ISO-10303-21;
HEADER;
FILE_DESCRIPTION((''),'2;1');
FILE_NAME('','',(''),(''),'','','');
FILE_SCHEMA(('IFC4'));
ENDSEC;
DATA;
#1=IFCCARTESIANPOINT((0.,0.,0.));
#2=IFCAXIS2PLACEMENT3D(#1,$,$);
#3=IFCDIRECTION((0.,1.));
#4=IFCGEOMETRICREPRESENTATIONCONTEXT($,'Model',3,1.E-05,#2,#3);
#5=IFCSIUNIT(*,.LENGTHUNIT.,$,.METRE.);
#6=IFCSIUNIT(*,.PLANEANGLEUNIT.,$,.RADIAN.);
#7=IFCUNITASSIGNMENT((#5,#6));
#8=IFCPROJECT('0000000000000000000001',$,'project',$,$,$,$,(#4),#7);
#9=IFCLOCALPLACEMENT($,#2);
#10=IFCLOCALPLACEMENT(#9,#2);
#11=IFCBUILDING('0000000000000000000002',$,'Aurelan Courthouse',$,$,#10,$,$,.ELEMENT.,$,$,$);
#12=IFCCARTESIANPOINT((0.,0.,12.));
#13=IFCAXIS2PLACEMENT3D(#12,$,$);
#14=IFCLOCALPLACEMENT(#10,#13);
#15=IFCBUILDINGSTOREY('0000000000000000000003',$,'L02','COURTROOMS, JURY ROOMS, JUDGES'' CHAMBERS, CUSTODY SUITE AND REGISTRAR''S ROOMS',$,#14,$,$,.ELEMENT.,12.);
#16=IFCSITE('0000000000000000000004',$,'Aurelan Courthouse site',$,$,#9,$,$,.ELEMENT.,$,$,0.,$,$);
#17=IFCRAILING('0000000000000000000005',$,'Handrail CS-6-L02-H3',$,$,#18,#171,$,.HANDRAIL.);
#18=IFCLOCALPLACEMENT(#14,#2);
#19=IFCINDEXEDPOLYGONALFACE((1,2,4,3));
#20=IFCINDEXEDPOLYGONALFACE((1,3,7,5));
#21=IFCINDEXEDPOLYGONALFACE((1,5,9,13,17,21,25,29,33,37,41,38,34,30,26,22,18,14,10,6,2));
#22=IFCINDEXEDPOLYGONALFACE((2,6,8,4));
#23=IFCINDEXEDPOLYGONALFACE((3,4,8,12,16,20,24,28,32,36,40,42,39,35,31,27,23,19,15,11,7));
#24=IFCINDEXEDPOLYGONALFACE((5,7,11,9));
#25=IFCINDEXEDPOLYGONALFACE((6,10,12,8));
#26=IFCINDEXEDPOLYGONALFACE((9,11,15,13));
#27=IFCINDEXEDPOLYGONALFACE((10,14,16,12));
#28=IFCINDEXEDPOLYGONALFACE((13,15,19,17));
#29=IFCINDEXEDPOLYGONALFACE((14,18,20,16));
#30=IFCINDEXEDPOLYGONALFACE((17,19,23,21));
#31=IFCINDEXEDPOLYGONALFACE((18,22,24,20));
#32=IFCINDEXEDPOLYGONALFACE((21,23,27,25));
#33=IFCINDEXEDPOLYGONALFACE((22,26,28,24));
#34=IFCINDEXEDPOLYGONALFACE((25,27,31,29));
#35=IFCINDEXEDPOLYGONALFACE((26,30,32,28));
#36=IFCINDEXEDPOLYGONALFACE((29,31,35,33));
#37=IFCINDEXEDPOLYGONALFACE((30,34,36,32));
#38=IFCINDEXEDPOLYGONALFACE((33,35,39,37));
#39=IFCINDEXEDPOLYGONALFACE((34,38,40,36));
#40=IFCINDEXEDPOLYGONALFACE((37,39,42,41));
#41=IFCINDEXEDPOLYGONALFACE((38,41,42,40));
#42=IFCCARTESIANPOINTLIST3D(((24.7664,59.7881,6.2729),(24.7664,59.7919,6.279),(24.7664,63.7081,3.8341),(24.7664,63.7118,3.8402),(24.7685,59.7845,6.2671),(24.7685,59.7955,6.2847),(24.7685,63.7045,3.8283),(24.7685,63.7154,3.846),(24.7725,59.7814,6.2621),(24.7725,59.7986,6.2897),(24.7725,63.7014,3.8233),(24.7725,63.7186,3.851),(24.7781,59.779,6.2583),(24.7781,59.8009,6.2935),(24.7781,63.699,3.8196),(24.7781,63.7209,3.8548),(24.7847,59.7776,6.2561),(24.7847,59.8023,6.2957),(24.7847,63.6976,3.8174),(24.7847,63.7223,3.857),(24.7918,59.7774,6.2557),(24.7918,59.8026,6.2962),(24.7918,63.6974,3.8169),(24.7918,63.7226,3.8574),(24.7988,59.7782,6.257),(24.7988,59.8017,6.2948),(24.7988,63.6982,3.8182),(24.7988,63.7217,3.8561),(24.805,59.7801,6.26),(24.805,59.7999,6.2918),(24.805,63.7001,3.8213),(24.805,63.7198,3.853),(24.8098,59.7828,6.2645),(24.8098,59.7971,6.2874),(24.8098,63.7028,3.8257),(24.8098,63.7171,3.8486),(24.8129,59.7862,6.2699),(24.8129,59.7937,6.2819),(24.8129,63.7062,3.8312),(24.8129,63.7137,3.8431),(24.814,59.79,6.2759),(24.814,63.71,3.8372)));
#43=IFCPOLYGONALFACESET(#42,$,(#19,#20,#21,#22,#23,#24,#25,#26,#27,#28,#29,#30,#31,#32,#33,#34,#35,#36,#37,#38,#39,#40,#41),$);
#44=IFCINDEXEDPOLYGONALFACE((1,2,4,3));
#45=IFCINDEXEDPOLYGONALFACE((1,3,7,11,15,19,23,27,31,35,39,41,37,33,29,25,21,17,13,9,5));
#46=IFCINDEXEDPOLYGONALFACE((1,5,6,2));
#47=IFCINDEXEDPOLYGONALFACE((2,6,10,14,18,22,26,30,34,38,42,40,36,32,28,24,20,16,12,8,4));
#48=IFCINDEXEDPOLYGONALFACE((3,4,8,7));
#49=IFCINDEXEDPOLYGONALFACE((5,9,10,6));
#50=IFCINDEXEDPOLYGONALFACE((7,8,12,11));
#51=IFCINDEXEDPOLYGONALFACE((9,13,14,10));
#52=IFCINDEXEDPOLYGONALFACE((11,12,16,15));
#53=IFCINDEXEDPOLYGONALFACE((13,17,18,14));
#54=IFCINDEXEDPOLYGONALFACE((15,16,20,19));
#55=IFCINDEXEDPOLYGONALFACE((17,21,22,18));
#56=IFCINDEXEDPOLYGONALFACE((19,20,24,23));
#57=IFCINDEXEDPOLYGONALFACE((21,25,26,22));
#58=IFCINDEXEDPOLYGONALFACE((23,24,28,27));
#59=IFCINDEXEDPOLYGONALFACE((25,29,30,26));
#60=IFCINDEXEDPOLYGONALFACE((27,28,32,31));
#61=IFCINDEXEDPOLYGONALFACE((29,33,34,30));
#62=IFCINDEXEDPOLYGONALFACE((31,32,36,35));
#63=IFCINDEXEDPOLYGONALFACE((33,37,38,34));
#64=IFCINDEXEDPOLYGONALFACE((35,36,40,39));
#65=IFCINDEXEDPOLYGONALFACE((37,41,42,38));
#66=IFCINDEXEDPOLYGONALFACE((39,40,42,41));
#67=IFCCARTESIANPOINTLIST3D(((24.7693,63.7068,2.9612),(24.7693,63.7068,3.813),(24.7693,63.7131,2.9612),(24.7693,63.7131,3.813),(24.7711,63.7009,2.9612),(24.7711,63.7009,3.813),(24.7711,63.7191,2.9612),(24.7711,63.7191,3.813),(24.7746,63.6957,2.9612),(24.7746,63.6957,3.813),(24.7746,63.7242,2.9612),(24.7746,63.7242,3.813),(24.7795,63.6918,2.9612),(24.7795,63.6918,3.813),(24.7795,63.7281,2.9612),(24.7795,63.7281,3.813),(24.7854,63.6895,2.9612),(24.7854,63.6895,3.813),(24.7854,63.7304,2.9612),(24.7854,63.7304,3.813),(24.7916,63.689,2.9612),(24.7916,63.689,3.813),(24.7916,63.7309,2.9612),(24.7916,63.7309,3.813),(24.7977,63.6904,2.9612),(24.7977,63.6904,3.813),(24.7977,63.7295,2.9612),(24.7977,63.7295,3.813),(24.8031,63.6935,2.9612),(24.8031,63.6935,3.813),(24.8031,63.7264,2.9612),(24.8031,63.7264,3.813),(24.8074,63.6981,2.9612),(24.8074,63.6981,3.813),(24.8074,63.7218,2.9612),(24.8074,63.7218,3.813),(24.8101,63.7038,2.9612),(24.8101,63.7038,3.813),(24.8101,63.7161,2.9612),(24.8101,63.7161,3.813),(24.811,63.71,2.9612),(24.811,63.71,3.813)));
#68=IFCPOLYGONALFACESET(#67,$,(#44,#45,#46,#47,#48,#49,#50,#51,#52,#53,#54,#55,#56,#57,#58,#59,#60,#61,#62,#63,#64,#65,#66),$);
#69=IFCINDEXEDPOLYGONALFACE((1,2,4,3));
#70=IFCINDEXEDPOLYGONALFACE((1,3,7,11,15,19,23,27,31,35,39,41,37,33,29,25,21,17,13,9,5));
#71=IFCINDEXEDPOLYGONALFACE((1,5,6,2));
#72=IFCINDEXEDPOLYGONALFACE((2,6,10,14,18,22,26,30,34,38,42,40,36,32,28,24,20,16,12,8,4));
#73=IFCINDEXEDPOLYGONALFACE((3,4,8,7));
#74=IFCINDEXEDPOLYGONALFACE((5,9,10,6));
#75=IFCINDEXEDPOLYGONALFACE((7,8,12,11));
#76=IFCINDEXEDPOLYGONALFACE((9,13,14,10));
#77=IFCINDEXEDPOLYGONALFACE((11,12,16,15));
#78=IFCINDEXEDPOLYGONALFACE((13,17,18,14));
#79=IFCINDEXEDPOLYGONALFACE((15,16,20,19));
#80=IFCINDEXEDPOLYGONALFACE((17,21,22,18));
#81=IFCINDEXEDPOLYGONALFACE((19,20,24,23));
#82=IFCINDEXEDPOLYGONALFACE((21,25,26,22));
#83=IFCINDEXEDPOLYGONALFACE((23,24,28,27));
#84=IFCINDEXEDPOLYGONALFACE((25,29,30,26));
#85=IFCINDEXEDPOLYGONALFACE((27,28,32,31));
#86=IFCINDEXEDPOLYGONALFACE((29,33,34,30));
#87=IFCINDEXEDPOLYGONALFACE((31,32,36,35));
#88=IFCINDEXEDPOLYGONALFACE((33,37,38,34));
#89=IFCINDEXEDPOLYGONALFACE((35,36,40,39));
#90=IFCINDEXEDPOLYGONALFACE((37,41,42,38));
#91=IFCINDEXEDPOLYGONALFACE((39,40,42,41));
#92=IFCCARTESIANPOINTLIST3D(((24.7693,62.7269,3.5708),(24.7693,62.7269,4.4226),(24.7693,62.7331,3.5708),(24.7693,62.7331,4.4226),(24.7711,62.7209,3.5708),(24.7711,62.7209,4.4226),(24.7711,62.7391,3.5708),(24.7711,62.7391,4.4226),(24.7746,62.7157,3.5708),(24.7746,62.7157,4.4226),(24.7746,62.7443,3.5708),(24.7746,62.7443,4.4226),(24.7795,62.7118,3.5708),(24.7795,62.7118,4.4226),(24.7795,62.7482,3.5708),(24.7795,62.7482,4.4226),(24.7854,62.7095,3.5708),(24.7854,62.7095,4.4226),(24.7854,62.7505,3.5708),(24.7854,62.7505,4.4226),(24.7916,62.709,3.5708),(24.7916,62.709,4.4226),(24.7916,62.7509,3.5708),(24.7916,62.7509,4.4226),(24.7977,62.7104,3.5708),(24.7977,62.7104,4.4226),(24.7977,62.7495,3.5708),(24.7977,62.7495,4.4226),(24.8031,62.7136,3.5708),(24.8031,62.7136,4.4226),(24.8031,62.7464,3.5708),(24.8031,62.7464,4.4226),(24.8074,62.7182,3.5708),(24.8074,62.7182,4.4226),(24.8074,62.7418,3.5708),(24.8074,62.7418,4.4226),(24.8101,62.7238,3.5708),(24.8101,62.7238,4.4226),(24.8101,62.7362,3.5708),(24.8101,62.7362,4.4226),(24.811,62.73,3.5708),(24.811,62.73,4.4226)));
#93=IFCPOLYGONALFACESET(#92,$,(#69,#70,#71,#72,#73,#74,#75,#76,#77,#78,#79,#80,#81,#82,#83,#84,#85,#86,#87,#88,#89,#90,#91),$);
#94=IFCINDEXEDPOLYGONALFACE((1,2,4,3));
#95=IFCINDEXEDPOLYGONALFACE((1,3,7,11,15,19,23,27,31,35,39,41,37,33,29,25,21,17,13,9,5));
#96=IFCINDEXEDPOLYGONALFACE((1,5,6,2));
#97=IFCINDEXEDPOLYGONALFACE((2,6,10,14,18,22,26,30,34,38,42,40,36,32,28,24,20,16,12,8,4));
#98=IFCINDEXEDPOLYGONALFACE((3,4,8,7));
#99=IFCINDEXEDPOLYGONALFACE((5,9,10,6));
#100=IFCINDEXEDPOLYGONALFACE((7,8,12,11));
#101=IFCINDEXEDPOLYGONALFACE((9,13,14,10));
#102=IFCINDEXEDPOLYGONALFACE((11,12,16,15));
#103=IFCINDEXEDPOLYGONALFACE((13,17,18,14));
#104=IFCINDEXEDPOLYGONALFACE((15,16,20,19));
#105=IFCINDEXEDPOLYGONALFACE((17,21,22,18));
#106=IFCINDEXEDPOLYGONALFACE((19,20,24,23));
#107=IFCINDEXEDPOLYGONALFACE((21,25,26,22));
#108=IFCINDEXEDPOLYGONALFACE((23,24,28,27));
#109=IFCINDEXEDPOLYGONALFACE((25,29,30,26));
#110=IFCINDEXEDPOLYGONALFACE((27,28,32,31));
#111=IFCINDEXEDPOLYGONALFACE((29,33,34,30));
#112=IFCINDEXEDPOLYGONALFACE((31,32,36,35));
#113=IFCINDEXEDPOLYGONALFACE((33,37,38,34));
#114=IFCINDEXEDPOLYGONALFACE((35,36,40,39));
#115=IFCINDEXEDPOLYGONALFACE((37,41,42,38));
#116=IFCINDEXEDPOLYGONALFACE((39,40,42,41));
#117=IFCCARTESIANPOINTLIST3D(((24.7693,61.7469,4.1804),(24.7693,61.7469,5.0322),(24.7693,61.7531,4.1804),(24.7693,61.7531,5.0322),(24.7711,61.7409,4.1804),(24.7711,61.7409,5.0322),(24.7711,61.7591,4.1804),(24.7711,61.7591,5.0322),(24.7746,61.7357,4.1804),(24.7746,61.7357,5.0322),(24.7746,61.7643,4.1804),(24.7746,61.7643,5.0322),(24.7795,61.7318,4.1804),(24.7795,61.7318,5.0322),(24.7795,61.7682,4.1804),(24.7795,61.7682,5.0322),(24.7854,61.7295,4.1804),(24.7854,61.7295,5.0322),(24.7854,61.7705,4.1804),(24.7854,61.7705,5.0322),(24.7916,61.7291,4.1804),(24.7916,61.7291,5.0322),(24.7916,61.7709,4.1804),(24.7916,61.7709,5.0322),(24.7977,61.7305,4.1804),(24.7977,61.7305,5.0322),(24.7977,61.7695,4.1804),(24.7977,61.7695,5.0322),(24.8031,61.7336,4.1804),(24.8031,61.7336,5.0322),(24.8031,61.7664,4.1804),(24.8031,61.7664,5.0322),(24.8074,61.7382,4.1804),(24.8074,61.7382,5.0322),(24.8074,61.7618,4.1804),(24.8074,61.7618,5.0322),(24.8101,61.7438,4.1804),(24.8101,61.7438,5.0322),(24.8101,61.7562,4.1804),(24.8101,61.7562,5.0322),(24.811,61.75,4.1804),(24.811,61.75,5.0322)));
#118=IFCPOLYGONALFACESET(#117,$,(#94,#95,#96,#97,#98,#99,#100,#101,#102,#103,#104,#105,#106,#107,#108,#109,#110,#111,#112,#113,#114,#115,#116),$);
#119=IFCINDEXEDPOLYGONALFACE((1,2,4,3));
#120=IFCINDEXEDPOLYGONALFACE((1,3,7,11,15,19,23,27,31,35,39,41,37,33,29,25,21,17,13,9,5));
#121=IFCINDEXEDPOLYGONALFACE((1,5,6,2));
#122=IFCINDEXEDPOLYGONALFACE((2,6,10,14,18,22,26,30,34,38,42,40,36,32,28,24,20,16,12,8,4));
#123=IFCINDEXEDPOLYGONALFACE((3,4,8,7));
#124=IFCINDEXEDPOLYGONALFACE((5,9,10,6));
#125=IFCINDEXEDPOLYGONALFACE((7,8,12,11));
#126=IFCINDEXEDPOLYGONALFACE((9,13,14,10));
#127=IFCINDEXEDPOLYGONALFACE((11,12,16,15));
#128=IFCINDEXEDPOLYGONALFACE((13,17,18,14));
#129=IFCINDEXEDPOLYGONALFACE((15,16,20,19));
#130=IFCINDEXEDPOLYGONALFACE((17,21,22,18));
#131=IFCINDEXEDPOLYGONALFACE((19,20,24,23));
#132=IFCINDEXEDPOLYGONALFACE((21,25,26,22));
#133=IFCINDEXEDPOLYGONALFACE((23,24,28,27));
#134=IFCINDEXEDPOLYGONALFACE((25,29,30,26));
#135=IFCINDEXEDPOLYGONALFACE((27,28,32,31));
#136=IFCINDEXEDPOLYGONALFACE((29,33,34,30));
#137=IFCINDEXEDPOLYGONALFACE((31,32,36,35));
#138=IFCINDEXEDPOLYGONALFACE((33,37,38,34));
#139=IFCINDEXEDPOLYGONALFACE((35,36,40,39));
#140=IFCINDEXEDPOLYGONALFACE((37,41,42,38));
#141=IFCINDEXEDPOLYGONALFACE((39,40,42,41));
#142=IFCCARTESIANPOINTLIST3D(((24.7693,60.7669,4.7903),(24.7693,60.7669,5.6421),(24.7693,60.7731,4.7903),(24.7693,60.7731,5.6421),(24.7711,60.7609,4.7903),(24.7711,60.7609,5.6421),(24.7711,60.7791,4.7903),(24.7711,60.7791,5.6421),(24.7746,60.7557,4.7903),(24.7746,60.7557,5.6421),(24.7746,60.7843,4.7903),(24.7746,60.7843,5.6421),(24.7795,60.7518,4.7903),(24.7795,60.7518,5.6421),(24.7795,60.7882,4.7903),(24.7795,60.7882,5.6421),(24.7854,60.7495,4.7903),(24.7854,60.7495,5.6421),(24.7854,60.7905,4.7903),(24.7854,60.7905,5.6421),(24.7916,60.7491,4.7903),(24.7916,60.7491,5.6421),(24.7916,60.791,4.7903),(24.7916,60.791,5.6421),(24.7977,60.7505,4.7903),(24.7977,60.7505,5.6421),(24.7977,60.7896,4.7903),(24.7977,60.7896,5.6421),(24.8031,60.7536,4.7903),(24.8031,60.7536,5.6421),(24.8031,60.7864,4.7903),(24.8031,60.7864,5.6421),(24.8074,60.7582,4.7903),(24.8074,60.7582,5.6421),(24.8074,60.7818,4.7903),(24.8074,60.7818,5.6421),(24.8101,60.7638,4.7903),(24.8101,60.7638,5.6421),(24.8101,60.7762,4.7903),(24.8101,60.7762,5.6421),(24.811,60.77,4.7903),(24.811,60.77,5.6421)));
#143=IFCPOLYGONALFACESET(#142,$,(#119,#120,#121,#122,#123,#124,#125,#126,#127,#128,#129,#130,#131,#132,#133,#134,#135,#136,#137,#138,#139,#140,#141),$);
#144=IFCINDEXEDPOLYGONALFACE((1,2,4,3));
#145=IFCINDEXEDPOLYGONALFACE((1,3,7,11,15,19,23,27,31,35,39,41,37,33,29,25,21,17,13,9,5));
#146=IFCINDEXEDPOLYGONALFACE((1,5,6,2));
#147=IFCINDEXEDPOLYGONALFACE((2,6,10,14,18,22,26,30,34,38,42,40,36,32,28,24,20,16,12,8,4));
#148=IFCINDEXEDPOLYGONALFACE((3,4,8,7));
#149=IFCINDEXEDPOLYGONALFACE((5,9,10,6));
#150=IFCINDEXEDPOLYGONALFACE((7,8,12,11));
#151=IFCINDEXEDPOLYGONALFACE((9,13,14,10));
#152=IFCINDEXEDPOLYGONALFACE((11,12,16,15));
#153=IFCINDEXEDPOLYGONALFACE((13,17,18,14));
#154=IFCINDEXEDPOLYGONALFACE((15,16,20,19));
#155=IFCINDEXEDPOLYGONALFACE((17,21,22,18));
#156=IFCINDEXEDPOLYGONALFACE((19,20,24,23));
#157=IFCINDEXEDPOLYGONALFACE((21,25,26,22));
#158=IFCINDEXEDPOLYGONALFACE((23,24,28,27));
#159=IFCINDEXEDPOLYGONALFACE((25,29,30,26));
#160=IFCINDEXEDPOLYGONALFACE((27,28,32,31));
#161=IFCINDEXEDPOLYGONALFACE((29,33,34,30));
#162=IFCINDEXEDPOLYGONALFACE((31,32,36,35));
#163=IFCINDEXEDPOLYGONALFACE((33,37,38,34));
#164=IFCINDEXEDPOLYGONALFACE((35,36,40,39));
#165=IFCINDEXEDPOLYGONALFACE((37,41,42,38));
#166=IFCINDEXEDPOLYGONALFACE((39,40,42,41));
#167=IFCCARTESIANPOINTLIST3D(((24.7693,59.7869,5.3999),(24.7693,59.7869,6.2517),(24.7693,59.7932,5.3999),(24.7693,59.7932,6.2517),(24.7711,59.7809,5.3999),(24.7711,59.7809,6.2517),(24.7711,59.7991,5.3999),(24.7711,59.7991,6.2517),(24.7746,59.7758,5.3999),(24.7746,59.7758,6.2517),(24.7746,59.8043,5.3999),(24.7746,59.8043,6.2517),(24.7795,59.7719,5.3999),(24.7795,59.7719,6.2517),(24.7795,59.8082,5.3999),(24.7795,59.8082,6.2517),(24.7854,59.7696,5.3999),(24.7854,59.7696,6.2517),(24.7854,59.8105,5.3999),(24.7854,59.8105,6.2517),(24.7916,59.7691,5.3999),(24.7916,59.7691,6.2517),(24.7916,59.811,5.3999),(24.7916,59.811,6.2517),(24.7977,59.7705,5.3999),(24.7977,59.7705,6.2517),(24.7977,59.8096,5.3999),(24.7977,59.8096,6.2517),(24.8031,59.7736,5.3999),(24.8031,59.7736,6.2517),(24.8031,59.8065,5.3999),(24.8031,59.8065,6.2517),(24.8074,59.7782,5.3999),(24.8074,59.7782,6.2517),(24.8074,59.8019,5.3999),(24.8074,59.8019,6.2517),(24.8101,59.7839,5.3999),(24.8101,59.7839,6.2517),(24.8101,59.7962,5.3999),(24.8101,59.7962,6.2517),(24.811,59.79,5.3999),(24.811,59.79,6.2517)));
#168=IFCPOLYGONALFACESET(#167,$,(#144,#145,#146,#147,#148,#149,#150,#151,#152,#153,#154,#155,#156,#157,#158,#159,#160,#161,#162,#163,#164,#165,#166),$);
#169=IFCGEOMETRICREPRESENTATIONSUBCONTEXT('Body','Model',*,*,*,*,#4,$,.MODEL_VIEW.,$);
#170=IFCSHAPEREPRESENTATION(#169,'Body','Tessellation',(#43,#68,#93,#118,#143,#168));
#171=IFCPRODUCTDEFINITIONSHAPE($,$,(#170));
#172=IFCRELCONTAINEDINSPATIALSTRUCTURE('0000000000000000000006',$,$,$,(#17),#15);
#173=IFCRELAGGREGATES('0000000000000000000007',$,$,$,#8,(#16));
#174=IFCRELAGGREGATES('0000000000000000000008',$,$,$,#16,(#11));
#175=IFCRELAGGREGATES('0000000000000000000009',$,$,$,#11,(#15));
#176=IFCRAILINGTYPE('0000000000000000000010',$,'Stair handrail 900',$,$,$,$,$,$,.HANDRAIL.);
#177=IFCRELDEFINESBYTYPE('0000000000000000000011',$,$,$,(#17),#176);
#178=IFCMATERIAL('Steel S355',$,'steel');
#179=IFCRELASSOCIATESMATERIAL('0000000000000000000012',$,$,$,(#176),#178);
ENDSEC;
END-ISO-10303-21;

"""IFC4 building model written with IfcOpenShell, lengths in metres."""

from ifc_helpers import new_model, si_unit, direction, frame, origin, origin_2d, place, context, subcontext, project, spatial, circle, extrude, material, type_object, element, save


model = new_model("IFC4")

# Units and contexts
model_context = context("Model", 3, precision=1e-05, world=origin(), true_north=direction((0.0, 1.0)))
body_context = subcontext(model_context, "Body", "Model", "MODEL_VIEW")
ifc_project = project(units=[si_unit("LENGTHUNIT", "METRE"), si_unit("PLANEANGLEUNIT", "RADIAN")], contexts=[model_context])

# Site, building, storey
site_placement = place(None, origin())
site = spatial("IfcSite", under=ifc_project, at=site_placement, Name="Aurelan Courthouse site", CompositionType="ELEMENT", RefElevation=0.0)
building_placement = place(site_placement, origin())
building = spatial("IfcBuilding", under=site, at=building_placement, Name="Aurelan Courthouse", CompositionType="ELEMENT")
storey_placement = place(building_placement, frame((0.0, 0.0, 12.0)))
storey = spatial("IfcBuildingStorey", under=building, at=storey_placement, Name="L02", Description="COURTROOMS, JURY ROOMS, JUDGES' CHAMBERS, CUSTODY SUITE AND REGISTRAR'S ROOMS", CompositionType="ELEMENT", Elevation=12.0)

# Railing
ifc_material_1 = material(Name="Steel S355", Category="steel")
railing_type_1 = type_object("IfcRailingType", Name="Stair handrail 900", PredefinedType="HANDRAIL", material=ifc_material_1)
railing_1_placement = place(storey_placement, frame((24.79, 63.71, 2.9612)))
element("IfcRailing", 1, at=railing_1_placement, inside=storey, type_object=railing_type_1, Name="Handrail CS-6-L02-H3", PredefinedType="HANDRAIL", context=body_context, shape_type="SweptSolid", body=[
    extrude(circle(Radius=0.0239, at=origin_2d()), frame((0.0, 0.0, 0.876), z_axis=(0.0, -0.84909, 0.528249), x_axis=(1.0, 0.0, 0.0)), (0.0, 0.0, 1.0), 4.6167),
    extrude(circle(Radius=0.021, at=origin_2d()), origin(), (0.0, 0.0, 1.0), 0.8518),
    extrude(circle(Radius=0.021, at=origin_2d()), frame((0.0, -0.98, 0.6096)), (0.0, 0.0, 1.0), 0.8518),
    extrude(circle(Radius=0.021, at=origin_2d()), frame((0.0, -1.96, 1.2192)), (0.0, 0.0, 1.0), 0.8518),
    extrude(circle(Radius=0.021, at=origin_2d()), frame((0.0, -2.9399, 1.8291)), (0.0, 0.0, 1.0), 0.8518),
    extrude(circle(Radius=0.021, at=origin_2d()), frame((0.0, -3.9199, 2.4387)), (0.0, 0.0, 1.0), 0.8518),
])

save(model, "model.ifc")
